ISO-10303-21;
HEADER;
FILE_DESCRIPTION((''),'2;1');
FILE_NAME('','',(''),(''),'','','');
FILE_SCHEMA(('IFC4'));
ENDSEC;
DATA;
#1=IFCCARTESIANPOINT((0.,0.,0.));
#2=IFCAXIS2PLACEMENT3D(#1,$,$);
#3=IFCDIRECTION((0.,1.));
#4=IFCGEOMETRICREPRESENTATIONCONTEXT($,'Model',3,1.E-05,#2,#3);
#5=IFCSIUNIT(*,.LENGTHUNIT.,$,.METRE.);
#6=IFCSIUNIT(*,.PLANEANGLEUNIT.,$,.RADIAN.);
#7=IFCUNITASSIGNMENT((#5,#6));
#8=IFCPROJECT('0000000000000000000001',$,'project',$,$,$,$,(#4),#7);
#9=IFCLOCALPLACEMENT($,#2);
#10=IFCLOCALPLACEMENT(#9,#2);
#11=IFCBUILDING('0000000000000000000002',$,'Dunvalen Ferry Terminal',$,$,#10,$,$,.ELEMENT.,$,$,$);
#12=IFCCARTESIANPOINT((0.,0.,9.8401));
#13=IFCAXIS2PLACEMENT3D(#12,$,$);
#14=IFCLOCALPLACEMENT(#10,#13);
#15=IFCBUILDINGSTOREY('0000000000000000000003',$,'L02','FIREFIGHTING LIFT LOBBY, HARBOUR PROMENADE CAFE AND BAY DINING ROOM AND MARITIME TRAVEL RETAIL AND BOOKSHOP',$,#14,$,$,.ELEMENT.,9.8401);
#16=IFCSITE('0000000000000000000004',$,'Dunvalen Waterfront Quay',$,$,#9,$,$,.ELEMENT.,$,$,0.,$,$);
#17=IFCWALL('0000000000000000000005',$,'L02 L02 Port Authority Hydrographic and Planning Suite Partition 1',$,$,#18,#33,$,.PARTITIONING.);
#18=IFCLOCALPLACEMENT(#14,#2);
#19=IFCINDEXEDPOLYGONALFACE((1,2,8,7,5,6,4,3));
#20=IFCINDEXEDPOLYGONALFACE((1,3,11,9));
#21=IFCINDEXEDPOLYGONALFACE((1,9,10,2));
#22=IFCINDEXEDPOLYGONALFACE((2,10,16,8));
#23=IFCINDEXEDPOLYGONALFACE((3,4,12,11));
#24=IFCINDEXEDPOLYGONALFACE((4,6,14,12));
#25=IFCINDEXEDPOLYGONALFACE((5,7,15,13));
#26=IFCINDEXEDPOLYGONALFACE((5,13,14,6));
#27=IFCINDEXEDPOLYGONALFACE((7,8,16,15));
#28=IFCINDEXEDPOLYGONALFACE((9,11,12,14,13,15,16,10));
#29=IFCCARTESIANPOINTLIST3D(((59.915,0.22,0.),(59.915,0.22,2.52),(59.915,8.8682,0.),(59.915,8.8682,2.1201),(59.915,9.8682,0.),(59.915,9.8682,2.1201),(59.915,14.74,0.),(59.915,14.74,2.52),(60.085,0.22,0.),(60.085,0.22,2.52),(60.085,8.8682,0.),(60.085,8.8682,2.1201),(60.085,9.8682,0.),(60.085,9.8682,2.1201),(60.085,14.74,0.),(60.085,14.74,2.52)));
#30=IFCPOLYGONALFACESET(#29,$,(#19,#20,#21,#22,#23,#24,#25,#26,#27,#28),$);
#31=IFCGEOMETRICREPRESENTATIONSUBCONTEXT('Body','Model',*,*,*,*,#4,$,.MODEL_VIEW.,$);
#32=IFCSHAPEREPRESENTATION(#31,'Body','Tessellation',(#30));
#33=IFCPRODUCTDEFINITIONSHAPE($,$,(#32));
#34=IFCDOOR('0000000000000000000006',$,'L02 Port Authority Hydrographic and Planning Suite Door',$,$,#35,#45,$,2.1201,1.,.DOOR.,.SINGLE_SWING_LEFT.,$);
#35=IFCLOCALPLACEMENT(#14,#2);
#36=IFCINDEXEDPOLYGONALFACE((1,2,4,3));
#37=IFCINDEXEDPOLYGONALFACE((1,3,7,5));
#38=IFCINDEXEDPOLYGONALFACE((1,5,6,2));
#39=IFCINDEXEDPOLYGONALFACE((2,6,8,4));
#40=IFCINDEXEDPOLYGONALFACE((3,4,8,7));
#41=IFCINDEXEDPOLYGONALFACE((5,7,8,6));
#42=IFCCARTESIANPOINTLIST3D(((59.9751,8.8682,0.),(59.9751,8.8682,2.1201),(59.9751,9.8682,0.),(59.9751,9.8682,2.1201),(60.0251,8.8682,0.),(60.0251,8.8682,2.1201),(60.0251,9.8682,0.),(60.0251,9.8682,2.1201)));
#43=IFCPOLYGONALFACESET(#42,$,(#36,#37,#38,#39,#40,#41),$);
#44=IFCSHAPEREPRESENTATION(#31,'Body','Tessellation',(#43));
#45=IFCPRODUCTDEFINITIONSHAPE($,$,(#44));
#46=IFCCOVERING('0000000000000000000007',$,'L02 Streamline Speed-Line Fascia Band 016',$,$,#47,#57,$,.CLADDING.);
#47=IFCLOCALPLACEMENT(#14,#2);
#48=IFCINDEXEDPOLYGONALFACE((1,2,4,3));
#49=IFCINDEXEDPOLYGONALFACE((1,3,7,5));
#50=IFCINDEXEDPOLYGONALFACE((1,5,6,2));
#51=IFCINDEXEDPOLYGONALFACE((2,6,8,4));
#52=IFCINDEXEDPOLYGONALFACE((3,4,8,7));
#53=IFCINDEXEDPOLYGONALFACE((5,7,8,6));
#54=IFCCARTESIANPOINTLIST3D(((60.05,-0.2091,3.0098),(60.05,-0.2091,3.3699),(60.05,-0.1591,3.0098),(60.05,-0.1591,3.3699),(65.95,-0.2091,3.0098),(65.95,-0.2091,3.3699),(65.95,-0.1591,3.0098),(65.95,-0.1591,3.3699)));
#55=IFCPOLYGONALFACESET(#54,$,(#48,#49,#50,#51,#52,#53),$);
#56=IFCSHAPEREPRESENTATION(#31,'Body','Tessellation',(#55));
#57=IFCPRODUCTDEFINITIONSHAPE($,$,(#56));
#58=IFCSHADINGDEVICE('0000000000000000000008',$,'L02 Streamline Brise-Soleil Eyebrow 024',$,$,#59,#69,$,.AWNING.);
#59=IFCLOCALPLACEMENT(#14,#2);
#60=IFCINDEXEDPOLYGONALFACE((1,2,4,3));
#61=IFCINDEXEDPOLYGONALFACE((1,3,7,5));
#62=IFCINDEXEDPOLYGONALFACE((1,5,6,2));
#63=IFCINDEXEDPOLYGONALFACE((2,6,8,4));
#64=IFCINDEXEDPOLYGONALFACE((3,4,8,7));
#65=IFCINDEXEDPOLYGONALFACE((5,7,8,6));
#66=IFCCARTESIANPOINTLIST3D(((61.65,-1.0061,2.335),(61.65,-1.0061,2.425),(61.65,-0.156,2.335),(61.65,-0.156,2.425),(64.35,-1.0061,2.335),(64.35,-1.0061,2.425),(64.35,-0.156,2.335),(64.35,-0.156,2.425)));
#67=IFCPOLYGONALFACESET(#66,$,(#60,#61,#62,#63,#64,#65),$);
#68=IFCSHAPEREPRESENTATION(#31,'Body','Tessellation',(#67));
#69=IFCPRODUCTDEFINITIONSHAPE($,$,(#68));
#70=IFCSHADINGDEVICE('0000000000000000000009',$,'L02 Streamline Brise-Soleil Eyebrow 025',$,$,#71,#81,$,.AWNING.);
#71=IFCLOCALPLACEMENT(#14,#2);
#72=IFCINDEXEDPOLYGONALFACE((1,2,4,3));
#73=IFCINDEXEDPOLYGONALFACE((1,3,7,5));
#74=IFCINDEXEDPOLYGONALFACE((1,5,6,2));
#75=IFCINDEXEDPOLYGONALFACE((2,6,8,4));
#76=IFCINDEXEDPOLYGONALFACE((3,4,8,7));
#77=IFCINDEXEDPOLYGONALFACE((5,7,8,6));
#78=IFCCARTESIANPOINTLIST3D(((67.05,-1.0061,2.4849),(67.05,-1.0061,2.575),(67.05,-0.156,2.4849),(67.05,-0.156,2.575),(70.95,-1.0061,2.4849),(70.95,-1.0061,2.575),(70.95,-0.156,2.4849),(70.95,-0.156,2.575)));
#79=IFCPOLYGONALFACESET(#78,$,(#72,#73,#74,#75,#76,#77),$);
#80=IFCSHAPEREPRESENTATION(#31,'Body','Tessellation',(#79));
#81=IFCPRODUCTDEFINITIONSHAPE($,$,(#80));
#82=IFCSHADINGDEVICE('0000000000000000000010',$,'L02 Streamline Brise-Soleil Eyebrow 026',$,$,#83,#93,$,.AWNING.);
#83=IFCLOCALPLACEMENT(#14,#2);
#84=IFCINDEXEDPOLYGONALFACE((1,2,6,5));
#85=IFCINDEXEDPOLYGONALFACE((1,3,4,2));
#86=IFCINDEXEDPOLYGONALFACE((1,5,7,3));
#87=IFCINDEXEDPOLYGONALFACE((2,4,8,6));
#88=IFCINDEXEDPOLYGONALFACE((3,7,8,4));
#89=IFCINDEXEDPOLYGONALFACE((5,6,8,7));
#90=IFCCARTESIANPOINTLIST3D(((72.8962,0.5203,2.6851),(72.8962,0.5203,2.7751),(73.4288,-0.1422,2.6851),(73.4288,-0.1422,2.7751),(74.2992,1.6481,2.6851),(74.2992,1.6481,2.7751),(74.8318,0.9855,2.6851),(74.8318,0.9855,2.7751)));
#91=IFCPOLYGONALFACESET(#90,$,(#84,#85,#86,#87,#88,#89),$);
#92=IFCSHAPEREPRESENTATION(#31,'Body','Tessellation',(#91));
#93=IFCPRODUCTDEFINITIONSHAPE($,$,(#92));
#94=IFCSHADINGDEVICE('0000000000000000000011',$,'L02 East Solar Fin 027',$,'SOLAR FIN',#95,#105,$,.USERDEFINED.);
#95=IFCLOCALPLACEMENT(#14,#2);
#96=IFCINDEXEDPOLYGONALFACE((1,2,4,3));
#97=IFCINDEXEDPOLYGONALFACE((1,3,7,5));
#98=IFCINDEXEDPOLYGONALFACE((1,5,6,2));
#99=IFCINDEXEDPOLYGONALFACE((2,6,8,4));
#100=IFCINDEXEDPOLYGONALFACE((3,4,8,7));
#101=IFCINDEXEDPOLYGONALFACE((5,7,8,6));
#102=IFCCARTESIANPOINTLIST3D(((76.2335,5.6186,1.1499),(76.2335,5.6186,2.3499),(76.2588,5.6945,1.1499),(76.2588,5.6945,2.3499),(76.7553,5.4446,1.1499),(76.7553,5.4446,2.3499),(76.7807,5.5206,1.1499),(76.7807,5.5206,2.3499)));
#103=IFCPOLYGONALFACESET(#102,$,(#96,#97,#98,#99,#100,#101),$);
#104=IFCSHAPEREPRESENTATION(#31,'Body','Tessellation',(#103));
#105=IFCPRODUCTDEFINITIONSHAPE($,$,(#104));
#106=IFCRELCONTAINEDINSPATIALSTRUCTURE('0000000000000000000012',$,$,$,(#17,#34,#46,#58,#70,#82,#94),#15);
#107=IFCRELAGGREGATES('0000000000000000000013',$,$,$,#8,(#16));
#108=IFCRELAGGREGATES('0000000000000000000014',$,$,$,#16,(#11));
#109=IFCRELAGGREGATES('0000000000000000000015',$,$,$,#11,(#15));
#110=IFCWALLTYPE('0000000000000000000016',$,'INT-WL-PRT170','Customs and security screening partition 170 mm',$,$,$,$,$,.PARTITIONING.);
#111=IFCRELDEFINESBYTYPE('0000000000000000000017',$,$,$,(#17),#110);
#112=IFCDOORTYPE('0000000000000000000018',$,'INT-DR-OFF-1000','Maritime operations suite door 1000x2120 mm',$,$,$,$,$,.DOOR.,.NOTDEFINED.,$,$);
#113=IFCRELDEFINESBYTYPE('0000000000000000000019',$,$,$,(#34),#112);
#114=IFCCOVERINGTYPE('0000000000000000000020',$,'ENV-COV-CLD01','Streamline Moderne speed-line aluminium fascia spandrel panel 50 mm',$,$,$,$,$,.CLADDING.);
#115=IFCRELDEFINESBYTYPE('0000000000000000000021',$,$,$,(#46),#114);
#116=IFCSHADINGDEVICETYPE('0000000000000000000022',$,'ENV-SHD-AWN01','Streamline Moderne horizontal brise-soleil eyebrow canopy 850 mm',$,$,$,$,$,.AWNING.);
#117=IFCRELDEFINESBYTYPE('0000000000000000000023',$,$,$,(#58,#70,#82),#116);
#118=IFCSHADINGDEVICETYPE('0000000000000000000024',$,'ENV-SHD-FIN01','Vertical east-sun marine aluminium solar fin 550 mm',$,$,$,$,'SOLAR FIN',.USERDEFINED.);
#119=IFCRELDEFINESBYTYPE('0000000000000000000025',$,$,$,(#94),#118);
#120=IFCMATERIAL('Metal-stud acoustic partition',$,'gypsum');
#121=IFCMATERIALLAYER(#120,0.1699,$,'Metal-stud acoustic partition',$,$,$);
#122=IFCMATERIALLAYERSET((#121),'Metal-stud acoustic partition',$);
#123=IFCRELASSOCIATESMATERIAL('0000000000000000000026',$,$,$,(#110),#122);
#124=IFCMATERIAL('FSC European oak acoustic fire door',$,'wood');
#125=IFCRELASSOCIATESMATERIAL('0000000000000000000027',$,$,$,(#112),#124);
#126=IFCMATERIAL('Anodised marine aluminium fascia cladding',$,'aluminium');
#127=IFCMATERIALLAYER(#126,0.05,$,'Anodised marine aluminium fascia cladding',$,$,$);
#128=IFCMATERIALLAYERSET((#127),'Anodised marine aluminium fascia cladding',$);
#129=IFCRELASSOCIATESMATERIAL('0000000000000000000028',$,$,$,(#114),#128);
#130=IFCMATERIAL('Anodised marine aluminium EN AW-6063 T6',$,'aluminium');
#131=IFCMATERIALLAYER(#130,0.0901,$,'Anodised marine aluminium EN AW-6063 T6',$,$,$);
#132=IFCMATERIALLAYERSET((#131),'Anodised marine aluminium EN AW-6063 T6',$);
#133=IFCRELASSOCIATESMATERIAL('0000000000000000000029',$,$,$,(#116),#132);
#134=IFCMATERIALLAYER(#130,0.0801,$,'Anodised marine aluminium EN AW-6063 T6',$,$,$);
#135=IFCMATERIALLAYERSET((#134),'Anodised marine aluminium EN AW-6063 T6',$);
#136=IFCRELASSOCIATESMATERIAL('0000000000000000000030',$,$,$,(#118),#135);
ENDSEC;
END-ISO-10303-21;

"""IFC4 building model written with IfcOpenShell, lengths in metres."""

from ifc_helpers import new_model, si_unit, direction, frame, frame_2d, origin, origin_2d, place, context, subcontext, project, spatial, rectangle, extrude, material, layer, layer_set, type_object, element, fill, save


model = new_model("IFC4")

# Units and contexts
model_context = context("Model", 3, precision=1e-05, world=origin(), true_north=direction((0.0, 1.0)))
body_context = subcontext(model_context, "Body", "Model", "MODEL_VIEW")
ifc_project = project(units=[si_unit("LENGTHUNIT", "METRE"), si_unit("PLANEANGLEUNIT", "RADIAN")], contexts=[model_context])

# Site, building, storey
site_placement = place(None, origin())
site = spatial("IfcSite", under=ifc_project, at=site_placement, Name="Dunvalen Waterfront Quay", CompositionType="ELEMENT", RefElevation=0.0)
building_placement = place(site_placement, origin())
building = spatial("IfcBuilding", under=site, at=building_placement, Name="Dunvalen Ferry Terminal", CompositionType="ELEMENT")
storey_placement = place(building_placement, frame((0.0, 0.0, 9.8401)))
storey = spatial("IfcBuildingStorey", under=building, at=storey_placement, Name="L02", Description="FIREFIGHTING LIFT LOBBY, HARBOUR PROMENADE CAFE AND BAY DINING ROOM AND MARITIME TRAVEL RETAIL AND BOOKSHOP", CompositionType="ELEMENT", Elevation=9.8401)

# Wall, opening, door
ifc_material_1 = material(Name="Metal-stud acoustic partition", Category="gypsum")
ifc_layer_1 = layer(ifc_material_1, 0.1699, Name="Metal-stud acoustic partition")
ifc_layer_set_1 = layer_set([ifc_layer_1], Name="Metal-stud acoustic partition")
wall_type_1 = type_object("IfcWallType", Name="INT-WL-PRT170", Description="Customs and security screening partition 170 mm", PredefinedType="PARTITIONING", material=ifc_layer_set_1)
wall_1_placement = place(storey_placement, frame((60.0, 0.22, 0.0), z_axis=(0.0, 0.0, 1.0), x_axis=(0.0, 1.0, 0.0)))
wall_1 = element("IfcWall", 1, at=wall_1_placement, inside=storey, type_object=wall_type_1, Name="L02 L02 Port Authority Hydrographic and Planning Suite Partition 1", PredefinedType="PARTITIONING", context=body_context, shape_type="SweptSolid", body=[
    extrude(rectangle(XDim=14.52, YDim=0.1699, at=frame_2d((7.26, 0.0))), origin(), (0.0, 0.0, 1.0), 2.52),
])
opening_1_placement = place(wall_1_placement, frame((8.6482, 0.0, 0.0)))
opening_1 = element("IfcOpeningElement", 2, at=opening_1_placement, cuts=wall_1, PredefinedType="OPENING", context=body_context, shape_type="SweptSolid", body=[
    extrude(rectangle(XDim=1.0, YDim=2.1201, at=frame_2d((0.5, 1.0601))), frame((0.0, 0.095, 0.0), z_axis=(0.0, -1.0, 0.0), x_axis=(1.0, 0.0, 0.0)), (0.0, 0.0, 1.0), 0.1899),
])
ifc_material_2 = material(Name="FSC European oak acoustic fire door", Category="wood")
door_type = type_object("IfcDoorType", Name="INT-DR-OFF-1000", Description="Maritime operations suite door 1000x2120 mm", OperationType="NOTDEFINED", PredefinedType="DOOR", material=ifc_material_2)
door_placement = place(opening_1_placement, origin())
door = element("IfcDoor", 3, at=door_placement, inside=storey, type_object=door_type, Name="L02 Port Authority Hydrographic and Planning Suite Door", OperationType="SINGLE_SWING_LEFT", OverallHeight=2.1201, OverallWidth=1.0, PredefinedType="DOOR", context=body_context, shape_type="SweptSolid", body=[
    extrude(rectangle(XDim=1.0, YDim=2.1201, at=frame_2d((0.5, 1.0601))), frame((0.0, 0.0249, 0.0), z_axis=(0.0, -1.0, 0.0), x_axis=(1.0, 0.0, 0.0)), (0.0, 0.0, 1.0), 0.05),
])
fill(opening_1, door)

# Covering
ifc_material_3 = material(Name="Anodised marine aluminium fascia cladding", Category="aluminium")
ifc_layer_2 = layer(ifc_material_3, 0.05, Name="Anodised marine aluminium fascia cladding")
ifc_layer_set_2 = layer_set([ifc_layer_2], Name="Anodised marine aluminium fascia cladding")
covering_type = type_object("IfcCoveringType", Name="ENV-COV-CLD01", Description="Streamline Moderne speed-line aluminium fascia spandrel panel 50 mm", PredefinedType="CLADDING", material=ifc_layer_set_2)
covering_placement = place(storey_placement, frame((63.0, -0.1841, 3.0098), z_axis=(0.0, 0.0, 1.0), x_axis=(1.0, 0.0, 0.0)))
element("IfcCovering", 4, at=covering_placement, inside=storey, type_object=covering_type, Name="L02 Streamline Speed-Line Fascia Band 016", PredefinedType="CLADDING", context=body_context, shape_type="SweptSolid", body=[
    extrude(rectangle(XDim=5.8999, YDim=0.05, at=origin_2d()), origin(), (0.0, 0.0, 1.0), 0.3601),
])

# Shading devices
ifc_material_4 = material(Name="Anodised marine aluminium EN AW-6063 T6", Category="aluminium")
ifc_layer_3 = layer(ifc_material_4, 0.0901, Name="Anodised marine aluminium EN AW-6063 T6")
ifc_layer_set_3 = layer_set([ifc_layer_3], Name="Anodised marine aluminium EN AW-6063 T6")
shading_device_type_1 = type_object("IfcShadingDeviceType", Name="ENV-SHD-AWN01", Description="Streamline Moderne horizontal brise-soleil eyebrow canopy 850 mm", PredefinedType="AWNING", material=ifc_layer_set_3)
shading_device_1_placement = place(storey_placement, frame((63.0, -0.5811, 2.335), z_axis=(0.0, 0.0, 1.0), x_axis=(1.0, 0.0, 0.0)))
element("IfcShadingDevice", 5, at=shading_device_1_placement, inside=storey, type_object=shading_device_type_1, Name="L02 Streamline Brise-Soleil Eyebrow 024", PredefinedType="AWNING", context=body_context, shape_type="SweptSolid", body=[
    extrude(rectangle(XDim=2.7, YDim=0.8501, at=origin_2d()), origin(), (0.0, 0.0, 1.0), 0.0901),
])
shading_device_2_placement = place(storey_placement, frame((69.0, -0.5811, 2.4849), z_axis=(0.0, 0.0, 1.0), x_axis=(1.0, 0.0, 0.0)))
element("IfcShadingDevice", 6, at=shading_device_2_placement, inside=storey, type_object=shading_device_type_1, Name="L02 Streamline Brise-Soleil Eyebrow 025", PredefinedType="AWNING", context=body_context, shape_type="SweptSolid", body=[
    extrude(rectangle(XDim=3.8999, YDim=0.8501, at=origin_2d()), origin(), (0.0, 0.0, 1.0), 0.0901),
])
shading_device_3_placement = place(storey_placement, frame((73.864, 0.7529, 2.6851), z_axis=(0.0, 0.0, 1.0), x_axis=(0.779409, 0.626515, 0.0)))
element("IfcShadingDevice", 7, at=shading_device_3_placement, inside=storey, type_object=shading_device_type_1, Name="L02 Streamline Brise-Soleil Eyebrow 026", PredefinedType="AWNING", context=body_context, shape_type="SweptSolid", body=[
    extrude(rectangle(XDim=1.8, YDim=0.8501, at=origin_2d()), origin(), (0.0, 0.0, 1.0), 0.0901),
])
ifc_layer_4 = layer(ifc_material_4, 0.0801, Name="Anodised marine aluminium EN AW-6063 T6")
ifc_layer_set_4 = layer_set([ifc_layer_4], Name="Anodised marine aluminium EN AW-6063 T6")
shading_device_type_2 = type_object("IfcShadingDeviceType", Name="ENV-SHD-FIN01", Description="Vertical east-sun marine aluminium solar fin 550 mm", ElementType="SOLAR FIN", PredefinedType="USERDEFINED", material=ifc_layer_set_4)
shading_device_4_placement = place(storey_placement, frame((76.5071, 5.5696, 1.1499), z_axis=(0.0, 0.0, 1.0), x_axis=(0.316232, 0.948682, 0.0)))
element("IfcShadingDevice", 8, at=shading_device_4_placement, inside=storey, type_object=shading_device_type_2, Name="L02 East Solar Fin 027", ObjectType="SOLAR FIN", PredefinedType="USERDEFINED", context=body_context, shape_type="SweptSolid", body=[
    extrude(rectangle(XDim=0.0801, YDim=0.55, at=origin_2d()), origin(), (0.0, 0.0, 1.0), 1.2),
])

save(model, "model.ifc")
